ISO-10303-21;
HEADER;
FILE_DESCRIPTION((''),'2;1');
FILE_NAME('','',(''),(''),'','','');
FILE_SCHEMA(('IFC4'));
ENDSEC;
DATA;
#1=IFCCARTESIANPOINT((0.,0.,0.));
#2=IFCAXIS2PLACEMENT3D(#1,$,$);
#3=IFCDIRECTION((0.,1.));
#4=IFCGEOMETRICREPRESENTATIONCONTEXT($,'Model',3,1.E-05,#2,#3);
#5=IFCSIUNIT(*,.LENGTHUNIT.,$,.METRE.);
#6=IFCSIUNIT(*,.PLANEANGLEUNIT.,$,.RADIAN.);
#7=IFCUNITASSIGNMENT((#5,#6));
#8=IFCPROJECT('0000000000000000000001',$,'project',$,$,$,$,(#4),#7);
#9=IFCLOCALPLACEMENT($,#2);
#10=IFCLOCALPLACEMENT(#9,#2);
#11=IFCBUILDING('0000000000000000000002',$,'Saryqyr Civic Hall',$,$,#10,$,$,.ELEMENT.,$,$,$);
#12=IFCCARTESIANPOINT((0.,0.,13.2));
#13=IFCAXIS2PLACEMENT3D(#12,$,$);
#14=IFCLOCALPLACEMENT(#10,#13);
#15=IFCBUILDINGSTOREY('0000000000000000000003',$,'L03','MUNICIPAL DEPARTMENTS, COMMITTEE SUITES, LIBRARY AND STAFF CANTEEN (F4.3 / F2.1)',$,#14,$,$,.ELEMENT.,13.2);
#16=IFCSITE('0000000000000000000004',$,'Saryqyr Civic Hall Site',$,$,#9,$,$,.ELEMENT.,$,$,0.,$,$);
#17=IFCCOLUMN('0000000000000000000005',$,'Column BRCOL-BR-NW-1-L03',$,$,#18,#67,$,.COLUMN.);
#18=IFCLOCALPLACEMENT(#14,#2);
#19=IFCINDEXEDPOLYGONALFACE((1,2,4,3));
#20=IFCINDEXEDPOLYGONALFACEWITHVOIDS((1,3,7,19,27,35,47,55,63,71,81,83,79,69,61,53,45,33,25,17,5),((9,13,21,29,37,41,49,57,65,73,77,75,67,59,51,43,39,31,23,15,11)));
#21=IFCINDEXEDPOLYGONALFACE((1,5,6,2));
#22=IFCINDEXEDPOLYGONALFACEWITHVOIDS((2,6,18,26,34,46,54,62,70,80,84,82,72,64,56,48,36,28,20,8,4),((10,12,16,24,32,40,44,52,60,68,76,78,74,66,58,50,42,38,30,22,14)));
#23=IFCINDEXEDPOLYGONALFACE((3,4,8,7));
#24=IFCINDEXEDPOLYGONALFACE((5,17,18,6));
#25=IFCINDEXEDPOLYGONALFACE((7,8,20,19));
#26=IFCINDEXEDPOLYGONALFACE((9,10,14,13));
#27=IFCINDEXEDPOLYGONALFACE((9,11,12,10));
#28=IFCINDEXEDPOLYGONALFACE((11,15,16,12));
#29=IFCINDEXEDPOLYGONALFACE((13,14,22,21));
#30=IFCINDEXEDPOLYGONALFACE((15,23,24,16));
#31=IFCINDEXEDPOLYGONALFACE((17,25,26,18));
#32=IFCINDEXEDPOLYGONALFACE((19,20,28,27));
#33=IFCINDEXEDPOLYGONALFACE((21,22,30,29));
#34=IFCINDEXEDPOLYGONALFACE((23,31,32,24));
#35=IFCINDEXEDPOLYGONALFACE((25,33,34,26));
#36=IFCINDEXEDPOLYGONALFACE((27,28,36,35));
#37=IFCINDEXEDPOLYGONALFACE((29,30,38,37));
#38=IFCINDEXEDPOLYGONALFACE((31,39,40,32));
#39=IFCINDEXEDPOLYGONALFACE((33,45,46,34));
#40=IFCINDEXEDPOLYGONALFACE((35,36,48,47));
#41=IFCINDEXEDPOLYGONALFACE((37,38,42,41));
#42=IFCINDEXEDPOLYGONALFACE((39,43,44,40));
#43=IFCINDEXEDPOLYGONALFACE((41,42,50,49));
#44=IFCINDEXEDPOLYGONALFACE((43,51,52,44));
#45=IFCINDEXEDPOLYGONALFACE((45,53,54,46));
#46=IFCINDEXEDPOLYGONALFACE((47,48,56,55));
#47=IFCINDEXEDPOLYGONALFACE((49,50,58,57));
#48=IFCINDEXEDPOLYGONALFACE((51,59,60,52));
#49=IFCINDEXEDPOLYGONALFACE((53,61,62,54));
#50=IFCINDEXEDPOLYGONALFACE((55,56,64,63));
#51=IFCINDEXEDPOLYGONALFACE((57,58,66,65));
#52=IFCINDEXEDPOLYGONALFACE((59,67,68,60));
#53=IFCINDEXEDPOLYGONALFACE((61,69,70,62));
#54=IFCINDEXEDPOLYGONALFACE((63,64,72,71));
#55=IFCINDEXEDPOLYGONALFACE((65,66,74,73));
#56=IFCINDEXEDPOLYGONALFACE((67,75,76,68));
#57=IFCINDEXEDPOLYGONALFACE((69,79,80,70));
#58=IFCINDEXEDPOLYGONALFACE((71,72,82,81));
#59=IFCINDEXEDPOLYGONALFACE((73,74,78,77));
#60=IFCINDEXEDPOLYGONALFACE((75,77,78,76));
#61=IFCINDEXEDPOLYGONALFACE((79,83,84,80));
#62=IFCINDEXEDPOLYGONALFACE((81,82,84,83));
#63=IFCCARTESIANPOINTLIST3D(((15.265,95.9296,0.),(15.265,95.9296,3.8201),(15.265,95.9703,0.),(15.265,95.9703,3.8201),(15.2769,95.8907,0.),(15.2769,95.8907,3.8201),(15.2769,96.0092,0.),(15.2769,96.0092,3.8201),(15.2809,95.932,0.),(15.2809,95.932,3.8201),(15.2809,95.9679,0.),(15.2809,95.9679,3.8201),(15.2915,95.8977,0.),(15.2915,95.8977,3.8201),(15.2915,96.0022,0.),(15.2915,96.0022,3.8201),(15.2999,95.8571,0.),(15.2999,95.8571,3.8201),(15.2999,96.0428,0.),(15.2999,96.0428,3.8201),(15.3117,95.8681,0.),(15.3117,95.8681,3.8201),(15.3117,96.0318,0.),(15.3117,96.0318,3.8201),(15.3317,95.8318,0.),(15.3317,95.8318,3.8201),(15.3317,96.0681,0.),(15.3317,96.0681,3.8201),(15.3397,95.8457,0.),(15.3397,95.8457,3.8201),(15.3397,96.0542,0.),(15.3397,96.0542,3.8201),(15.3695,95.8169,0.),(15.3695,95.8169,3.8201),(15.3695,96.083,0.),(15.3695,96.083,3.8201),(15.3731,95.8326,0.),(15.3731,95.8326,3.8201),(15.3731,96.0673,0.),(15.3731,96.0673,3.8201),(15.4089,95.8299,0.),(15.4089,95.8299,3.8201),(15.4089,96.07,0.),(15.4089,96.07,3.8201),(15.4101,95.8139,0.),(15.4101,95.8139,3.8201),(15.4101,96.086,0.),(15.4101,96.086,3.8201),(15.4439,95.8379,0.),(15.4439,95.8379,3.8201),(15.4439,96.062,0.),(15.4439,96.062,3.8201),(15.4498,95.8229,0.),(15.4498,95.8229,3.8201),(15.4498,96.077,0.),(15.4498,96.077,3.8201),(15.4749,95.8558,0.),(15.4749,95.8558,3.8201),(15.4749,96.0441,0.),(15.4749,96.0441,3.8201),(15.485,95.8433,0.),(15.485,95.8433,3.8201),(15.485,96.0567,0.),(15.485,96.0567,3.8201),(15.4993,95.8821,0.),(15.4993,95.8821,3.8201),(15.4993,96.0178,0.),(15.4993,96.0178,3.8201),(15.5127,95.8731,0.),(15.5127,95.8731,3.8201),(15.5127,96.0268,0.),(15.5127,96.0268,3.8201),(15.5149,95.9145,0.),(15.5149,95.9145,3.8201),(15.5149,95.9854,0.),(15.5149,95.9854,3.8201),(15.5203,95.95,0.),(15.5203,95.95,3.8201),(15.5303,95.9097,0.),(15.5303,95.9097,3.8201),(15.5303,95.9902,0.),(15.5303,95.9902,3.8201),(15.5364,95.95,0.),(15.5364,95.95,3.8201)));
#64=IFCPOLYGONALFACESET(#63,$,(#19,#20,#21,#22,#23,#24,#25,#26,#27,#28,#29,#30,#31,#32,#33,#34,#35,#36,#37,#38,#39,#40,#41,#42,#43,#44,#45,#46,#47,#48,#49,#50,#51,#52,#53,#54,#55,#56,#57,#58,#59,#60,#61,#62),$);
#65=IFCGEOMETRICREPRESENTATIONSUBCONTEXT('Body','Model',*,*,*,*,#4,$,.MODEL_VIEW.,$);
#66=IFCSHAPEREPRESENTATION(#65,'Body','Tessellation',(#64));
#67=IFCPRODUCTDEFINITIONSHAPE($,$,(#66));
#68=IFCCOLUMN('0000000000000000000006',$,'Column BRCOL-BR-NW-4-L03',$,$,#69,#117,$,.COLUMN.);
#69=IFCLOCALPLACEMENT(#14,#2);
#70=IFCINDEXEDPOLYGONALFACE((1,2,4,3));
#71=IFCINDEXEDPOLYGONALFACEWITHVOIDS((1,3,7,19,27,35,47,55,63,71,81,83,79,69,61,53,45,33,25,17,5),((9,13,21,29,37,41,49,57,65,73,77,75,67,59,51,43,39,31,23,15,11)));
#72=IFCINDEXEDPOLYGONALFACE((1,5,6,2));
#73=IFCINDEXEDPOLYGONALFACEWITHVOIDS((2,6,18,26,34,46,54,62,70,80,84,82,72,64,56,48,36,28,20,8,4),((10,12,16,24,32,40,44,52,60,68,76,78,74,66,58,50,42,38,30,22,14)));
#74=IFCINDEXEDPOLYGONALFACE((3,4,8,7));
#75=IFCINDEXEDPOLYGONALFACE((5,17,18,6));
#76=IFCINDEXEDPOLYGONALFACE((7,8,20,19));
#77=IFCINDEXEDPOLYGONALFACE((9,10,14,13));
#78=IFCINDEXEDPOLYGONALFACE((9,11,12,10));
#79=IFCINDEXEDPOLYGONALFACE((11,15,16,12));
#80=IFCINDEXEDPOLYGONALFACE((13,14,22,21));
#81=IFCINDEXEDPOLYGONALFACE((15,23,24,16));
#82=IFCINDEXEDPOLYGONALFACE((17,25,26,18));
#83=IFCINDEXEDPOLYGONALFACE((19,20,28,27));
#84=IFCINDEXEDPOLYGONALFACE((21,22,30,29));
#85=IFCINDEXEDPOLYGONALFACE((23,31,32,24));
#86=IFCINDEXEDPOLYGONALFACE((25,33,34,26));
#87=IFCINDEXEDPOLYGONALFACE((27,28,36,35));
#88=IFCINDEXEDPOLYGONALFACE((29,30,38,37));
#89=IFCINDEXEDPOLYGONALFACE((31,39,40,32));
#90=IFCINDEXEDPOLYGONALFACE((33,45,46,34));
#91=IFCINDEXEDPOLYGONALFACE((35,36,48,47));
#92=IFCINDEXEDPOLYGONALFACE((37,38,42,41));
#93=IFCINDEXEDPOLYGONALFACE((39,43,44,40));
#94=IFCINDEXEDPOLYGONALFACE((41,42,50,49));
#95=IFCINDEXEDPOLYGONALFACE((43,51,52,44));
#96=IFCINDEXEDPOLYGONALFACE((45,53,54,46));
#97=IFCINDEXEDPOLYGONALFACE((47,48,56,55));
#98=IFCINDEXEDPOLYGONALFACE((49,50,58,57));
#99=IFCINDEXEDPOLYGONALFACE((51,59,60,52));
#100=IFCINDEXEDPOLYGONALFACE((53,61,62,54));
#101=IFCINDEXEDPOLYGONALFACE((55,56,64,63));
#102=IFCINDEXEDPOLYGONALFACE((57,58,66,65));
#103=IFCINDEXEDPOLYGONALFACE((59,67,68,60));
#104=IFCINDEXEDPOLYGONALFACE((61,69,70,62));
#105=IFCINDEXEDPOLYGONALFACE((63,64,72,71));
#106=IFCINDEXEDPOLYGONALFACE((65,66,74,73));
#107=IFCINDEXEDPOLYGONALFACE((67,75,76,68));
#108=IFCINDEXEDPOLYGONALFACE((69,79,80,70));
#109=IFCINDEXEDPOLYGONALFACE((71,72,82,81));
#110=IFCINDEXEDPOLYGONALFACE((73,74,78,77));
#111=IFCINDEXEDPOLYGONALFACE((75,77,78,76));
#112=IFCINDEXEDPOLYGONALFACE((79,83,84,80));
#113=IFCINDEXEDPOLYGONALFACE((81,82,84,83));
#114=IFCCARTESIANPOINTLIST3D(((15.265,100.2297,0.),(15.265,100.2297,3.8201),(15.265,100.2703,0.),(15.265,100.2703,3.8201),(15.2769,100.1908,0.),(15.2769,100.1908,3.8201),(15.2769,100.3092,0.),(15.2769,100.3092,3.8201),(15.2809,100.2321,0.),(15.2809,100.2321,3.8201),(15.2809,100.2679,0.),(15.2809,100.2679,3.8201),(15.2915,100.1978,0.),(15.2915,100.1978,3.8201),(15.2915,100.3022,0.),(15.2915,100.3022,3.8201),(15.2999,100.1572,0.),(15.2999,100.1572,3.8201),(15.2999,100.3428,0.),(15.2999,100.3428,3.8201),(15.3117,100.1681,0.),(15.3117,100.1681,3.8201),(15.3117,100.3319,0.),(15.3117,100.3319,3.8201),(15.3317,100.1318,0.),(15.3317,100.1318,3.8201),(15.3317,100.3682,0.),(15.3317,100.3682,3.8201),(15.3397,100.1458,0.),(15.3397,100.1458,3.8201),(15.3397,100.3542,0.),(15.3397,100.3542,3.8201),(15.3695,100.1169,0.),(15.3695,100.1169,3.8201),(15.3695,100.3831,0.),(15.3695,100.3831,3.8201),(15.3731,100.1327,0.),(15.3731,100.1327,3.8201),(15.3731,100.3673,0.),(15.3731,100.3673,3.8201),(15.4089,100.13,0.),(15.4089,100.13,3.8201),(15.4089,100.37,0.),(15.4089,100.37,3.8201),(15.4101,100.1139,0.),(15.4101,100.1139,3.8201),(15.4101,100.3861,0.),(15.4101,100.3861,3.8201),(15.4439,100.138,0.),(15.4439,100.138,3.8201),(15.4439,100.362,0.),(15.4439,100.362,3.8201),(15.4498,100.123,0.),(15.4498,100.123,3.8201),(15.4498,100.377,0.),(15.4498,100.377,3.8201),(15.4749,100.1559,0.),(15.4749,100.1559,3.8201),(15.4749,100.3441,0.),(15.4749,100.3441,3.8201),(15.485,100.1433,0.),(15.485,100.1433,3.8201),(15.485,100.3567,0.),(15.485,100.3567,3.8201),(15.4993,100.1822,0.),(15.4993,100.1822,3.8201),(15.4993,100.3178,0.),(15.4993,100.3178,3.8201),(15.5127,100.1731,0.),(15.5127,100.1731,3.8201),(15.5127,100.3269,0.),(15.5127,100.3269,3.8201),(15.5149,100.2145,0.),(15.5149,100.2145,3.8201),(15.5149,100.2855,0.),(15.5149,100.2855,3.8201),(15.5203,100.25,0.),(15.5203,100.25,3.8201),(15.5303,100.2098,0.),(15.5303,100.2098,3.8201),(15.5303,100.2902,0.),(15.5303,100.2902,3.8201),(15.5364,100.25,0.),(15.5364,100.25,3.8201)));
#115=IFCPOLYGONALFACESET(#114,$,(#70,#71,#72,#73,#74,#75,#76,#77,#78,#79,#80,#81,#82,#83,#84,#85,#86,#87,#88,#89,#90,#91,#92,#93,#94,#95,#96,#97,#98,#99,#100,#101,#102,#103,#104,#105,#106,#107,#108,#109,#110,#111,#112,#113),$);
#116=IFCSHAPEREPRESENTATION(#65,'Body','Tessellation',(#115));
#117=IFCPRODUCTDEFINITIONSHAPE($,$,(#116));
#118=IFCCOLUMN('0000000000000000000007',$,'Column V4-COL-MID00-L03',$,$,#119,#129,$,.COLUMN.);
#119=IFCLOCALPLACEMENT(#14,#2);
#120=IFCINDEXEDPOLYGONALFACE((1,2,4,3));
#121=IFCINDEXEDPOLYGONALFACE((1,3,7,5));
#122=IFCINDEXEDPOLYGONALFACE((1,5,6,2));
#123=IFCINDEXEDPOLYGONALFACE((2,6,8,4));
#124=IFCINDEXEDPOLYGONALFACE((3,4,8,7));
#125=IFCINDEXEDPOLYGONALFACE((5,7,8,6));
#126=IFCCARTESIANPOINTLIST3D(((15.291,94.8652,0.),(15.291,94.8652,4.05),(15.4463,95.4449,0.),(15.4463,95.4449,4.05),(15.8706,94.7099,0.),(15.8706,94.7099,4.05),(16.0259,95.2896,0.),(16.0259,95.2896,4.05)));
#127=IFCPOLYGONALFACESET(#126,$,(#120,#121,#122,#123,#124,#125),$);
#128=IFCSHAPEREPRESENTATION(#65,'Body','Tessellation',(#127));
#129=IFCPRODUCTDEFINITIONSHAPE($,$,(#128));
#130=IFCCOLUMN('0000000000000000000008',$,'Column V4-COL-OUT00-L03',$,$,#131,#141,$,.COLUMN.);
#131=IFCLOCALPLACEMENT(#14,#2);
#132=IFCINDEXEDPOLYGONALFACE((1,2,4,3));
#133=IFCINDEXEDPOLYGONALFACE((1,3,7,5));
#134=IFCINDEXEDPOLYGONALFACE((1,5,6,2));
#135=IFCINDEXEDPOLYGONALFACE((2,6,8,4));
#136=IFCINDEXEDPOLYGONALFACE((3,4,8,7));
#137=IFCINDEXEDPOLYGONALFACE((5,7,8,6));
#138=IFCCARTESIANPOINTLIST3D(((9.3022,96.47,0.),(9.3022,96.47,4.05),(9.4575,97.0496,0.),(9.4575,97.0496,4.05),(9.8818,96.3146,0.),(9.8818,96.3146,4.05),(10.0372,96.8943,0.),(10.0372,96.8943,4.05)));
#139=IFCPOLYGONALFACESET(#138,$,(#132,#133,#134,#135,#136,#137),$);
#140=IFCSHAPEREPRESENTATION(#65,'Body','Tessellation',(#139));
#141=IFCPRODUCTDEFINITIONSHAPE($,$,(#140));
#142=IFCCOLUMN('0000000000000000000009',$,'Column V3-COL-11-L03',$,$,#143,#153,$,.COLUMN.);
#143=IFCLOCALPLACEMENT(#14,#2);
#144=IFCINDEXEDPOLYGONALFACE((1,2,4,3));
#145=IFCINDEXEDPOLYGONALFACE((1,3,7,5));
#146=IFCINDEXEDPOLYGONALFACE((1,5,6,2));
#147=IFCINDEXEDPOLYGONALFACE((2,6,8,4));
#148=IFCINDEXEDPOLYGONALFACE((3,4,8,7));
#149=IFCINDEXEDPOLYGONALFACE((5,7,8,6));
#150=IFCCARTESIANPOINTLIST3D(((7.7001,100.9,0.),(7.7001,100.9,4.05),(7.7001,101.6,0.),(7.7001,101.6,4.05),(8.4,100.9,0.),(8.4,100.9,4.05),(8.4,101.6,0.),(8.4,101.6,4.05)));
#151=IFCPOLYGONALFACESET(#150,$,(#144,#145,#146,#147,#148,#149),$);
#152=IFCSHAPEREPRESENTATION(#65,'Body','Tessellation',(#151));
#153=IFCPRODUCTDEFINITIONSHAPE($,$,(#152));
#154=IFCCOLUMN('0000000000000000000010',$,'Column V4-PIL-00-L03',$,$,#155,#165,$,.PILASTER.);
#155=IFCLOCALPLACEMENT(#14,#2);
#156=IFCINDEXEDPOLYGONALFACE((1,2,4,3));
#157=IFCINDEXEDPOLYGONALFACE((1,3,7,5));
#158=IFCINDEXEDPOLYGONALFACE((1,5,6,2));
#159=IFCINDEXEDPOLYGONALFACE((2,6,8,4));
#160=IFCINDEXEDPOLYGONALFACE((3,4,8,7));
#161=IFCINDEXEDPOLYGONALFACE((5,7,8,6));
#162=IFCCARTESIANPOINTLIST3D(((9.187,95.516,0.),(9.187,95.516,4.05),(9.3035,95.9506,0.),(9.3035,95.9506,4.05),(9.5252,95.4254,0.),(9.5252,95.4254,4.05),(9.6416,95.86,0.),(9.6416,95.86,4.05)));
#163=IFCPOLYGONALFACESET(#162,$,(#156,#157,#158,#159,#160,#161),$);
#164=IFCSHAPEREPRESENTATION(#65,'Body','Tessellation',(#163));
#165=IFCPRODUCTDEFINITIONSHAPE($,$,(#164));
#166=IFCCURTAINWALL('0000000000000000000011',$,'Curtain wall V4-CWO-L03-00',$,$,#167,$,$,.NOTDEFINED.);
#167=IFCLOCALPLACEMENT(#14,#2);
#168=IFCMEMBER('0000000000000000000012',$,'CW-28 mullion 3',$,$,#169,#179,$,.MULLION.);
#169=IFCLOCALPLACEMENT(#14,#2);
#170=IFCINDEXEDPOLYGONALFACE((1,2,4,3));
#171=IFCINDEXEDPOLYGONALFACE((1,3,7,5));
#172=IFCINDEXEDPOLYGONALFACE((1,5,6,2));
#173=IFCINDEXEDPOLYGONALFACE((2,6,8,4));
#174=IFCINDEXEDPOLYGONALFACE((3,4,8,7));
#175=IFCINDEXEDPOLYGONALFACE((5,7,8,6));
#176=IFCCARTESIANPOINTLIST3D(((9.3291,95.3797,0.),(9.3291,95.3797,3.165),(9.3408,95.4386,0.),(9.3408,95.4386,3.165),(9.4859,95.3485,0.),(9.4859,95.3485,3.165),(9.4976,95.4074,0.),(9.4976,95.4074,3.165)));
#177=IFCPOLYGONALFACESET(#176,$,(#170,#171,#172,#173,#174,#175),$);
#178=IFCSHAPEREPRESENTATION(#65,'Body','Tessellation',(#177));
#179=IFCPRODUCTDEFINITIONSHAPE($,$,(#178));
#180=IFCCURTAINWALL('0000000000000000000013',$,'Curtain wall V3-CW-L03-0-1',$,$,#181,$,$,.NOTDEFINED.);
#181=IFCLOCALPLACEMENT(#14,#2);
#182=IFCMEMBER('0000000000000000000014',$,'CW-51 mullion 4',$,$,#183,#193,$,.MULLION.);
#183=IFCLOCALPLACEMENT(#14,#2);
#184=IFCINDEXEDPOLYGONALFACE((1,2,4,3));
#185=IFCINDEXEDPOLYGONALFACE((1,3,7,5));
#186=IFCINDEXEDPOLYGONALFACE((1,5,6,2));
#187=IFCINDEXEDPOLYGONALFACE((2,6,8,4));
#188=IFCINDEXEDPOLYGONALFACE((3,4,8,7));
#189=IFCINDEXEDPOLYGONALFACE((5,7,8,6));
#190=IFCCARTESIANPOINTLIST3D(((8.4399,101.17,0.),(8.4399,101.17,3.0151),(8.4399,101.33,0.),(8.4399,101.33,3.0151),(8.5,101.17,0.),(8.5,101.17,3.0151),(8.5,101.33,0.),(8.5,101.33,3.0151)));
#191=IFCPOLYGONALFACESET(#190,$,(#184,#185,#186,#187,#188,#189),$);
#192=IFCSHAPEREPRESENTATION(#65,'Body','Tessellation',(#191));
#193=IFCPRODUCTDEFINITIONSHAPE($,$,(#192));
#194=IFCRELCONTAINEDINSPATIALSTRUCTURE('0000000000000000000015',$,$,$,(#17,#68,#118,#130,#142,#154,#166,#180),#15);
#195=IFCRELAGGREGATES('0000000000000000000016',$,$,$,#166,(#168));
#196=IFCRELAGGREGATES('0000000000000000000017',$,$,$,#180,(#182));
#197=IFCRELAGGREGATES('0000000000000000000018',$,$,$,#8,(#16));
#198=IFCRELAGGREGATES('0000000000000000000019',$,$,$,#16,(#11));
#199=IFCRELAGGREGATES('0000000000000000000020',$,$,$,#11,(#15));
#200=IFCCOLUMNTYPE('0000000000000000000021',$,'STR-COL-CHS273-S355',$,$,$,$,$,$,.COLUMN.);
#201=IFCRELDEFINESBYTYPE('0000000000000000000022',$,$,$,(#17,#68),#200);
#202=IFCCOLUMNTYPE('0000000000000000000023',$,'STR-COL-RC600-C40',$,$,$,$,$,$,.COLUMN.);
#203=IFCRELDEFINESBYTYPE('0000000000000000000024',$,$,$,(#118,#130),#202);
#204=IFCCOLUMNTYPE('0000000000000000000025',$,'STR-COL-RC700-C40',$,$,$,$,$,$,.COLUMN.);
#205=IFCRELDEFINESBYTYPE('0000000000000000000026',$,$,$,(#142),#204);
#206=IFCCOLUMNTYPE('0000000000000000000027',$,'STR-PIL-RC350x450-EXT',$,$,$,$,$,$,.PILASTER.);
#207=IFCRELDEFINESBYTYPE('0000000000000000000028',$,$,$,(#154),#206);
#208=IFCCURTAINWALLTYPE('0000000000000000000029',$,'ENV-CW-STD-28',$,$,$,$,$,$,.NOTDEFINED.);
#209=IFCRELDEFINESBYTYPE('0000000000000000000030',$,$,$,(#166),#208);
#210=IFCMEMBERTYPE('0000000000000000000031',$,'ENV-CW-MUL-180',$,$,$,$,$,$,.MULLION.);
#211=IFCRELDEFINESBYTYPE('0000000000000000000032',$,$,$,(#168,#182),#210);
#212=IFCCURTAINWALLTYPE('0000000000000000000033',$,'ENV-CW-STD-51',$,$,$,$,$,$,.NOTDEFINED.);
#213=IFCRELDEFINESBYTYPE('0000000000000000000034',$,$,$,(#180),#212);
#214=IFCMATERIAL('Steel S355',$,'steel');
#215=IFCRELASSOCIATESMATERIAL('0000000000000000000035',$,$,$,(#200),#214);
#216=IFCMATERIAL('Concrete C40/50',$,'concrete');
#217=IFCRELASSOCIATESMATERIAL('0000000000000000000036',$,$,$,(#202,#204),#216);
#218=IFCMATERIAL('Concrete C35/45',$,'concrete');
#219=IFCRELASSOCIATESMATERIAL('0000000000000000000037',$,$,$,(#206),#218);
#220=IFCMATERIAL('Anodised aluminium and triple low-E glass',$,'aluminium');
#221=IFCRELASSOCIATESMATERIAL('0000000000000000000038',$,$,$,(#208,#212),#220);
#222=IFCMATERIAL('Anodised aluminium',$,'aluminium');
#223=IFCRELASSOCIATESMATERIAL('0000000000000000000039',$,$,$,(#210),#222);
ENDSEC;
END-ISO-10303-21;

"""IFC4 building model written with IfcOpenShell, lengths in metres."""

from ifc_helpers import new_model, si_unit, direction, frame, origin, origin_2d, place, context, subcontext, project, spatial, rectangle, hollow_circle, extrude, material, material_profile, profile_set, type_object, element, aggregate, save


model = new_model("IFC4")

# Units and contexts
model_context = context("Model", 3, precision=1e-05, world=origin(), true_north=direction((0.0, 1.0)))
body_context = subcontext(model_context, "Body", "Model", "MODEL_VIEW")
ifc_project = project(units=[si_unit("LENGTHUNIT", "METRE"), si_unit("PLANEANGLEUNIT", "RADIAN")], contexts=[model_context])

# Site, building, storey
site_placement = place(None, origin())
site = spatial("IfcSite", under=ifc_project, at=site_placement, Name="Saryqyr Civic Hall Site", CompositionType="ELEMENT", RefElevation=0.0)
building_placement = place(site_placement, origin())
building = spatial("IfcBuilding", under=site, at=building_placement, Name="Saryqyr Civic Hall", CompositionType="ELEMENT")
storey_placement = place(building_placement, frame((0.0, 0.0, 13.2)))
storey = spatial("IfcBuildingStorey", under=building, at=storey_placement, Name="L03", Description="MUNICIPAL DEPARTMENTS, COMMITTEE SUITES, LIBRARY AND STAFF CANTEEN (F4.3 / F2.1)", CompositionType="ELEMENT", Elevation=13.2)

# Columns
ifc_material_1 = material(Name="Steel S355", Category="steel")
ifc_material_profile_1 = material_profile(ifc_material_1, hollow_circle(Radius=0.1365, WallThickness=0.0161, at=origin_2d()), Name="CHS 273x16")
ifc_profile_set_1 = profile_set([ifc_material_profile_1], Name="Steel S355")
column_type_1 = type_object("IfcColumnType", Name="STR-COL-CHS273-S355", PredefinedType="COLUMN", material=ifc_profile_set_1)
for number, where, z_axis, x_axis, name in (
    (1, (15.3999, 95.95, 0.0), (0.0, 0.0, 1.0), (1.0, 0.0, 0.0), "Column BRCOL-BR-NW-1-L03"),
    (2, (15.3999, 100.25, 0.0), (0.0, 0.0, 1.0), (1.0, 0.0, 0.0), "Column BRCOL-BR-NW-4-L03"),
):
    element("IfcColumn", number, at=place(storey_placement, frame(where, z_axis=z_axis, x_axis=x_axis)), inside=storey, type_object=column_type_1, Name=name, PredefinedType="COLUMN", context=body_context, shape_type="SweptSolid", body=[
        extrude(hollow_circle(Radius=0.1365, WallThickness=0.0161, at=origin_2d()), origin(), (0.0, 0.0, 1.0), 3.8201),
    ])
ifc_material_2 = material(Name="Concrete C40/50", Category="concrete")
ifc_material_profile_2 = material_profile(ifc_material_2, rectangle(XDim=0.6001, YDim=0.6001, at=origin_2d()), Name="RC 600x600")
ifc_profile_set_2 = profile_set([ifc_material_profile_2], Name="Concrete C40/50")
column_type_2 = type_object("IfcColumnType", Name="STR-COL-RC600-C40", PredefinedType="COLUMN", material=ifc_profile_set_2)
for number, where, z_axis, x_axis, name in (
    (3, (15.6584, 95.0774, 0.0), (0.0, 0.0, 1.0), (-0.965926, 0.258819, 0.0), "Column V4-COL-MID00-L03"),
    (4, (9.6697, 96.6821, 0.0), (0.0, 0.0, 1.0), (-0.965926, 0.258819, 0.0), "Column V4-COL-OUT00-L03"),
):
    element("IfcColumn", number, at=place(storey_placement, frame(where, z_axis=z_axis, x_axis=x_axis)), inside=storey, type_object=column_type_2, Name=name, PredefinedType="COLUMN", context=body_context, shape_type="SweptSolid", body=[
        extrude(rectangle(XDim=0.6001, YDim=0.6001, at=origin_2d()), origin(), (0.0, 0.0, 1.0), 4.05),
    ])
ifc_material_profile_3 = material_profile(ifc_material_2, rectangle(XDim=0.7, YDim=0.7, at=origin_2d()), Name="RC 700x700")
ifc_profile_set_3 = profile_set([ifc_material_profile_3], Name="Concrete C40/50")
column_type_3 = type_object("IfcColumnType", Name="STR-COL-RC700-C40", PredefinedType="COLUMN", material=ifc_profile_set_3)
column_1_placement = place(storey_placement, frame((8.05, 101.25, 0.0), z_axis=(0.0, 0.0, 1.0), x_axis=(1.0, 0.0, 0.0)))
element("IfcColumn", 5, at=column_1_placement, inside=storey, type_object=column_type_3, Name="Column V3-COL-11-L03", PredefinedType="COLUMN", context=body_context, shape_type="SweptSolid", body=[
    extrude(rectangle(XDim=0.7, YDim=0.7, at=origin_2d()), origin(), (0.0, 0.0, 1.0), 4.05),
])
ifc_material_3 = material(Name="Concrete C35/45", Category="concrete")
ifc_material_profile_4 = material_profile(ifc_material_3, rectangle(XDim=0.3501, YDim=0.45, at=origin_2d()), Name="RC 350x450")
ifc_profile_set_4 = profile_set([ifc_material_profile_4], Name="Concrete C35/45")
column_type_4 = type_object("IfcColumnType", Name="STR-PIL-RC350x450-EXT", PredefinedType="PILASTER", material=ifc_profile_set_4)
column_2_placement = place(storey_placement, frame((9.4143, 95.688, 0.0), z_axis=(0.0, 0.0, 1.0), x_axis=(-0.965926, 0.258819, 0.0)))
element("IfcColumn", 6, at=column_2_placement, inside=storey, type_object=column_type_4, Name="Column V4-PIL-00-L03", PredefinedType="PILASTER", context=body_context, shape_type="SweptSolid", body=[
    extrude(rectangle(XDim=0.3501, YDim=0.45, at=origin_2d()), origin(), (0.0, 0.0, 1.0), 4.05),
])

# Curtain walls, members
ifc_material_4 = material(Name="Anodised aluminium and triple low-E glass", Category="aluminium")
curtain_wall_type_1 = type_object("IfcCurtainWallType", Name="ENV-CW-STD-28", PredefinedType="NOTDEFINED", material=ifc_material_4)
curtain_wall_1_placement = place(storey_placement, origin())
curtain_wall_1 = element("IfcCurtainWall", 7, at=curtain_wall_1_placement, inside=storey, type_object=curtain_wall_type_1, Name="Curtain wall V4-CWO-L03-00", PredefinedType="NOTDEFINED")
ifc_material_5 = material(Name="Anodised aluminium", Category="aluminium")
ifc_material_profile_5 = material_profile(ifc_material_5, rectangle(XDim=0.0601, YDim=0.1599, at=origin_2d()), Name="ALU MULLION 60x160")
ifc_profile_set_5 = profile_set([ifc_material_profile_5], Name="Anodised aluminium")
member_type_1 = type_object("IfcMemberType", Name="ENV-CW-MUL-180", PredefinedType="MULLION", material=ifc_profile_set_5)
member_1_placement = place(storey_placement, frame((9.4133, 95.3936, 0.0), z_axis=(0.0, 0.0, 1.0), x_axis=(0.195098, 0.980784, 0.0)))
member_1 = element("IfcMember", 8, at=member_1_placement, type_object=member_type_1, Name="CW-28 mullion 3", PredefinedType="MULLION", context=body_context, shape_type="SweptSolid", body=[
    extrude(rectangle(XDim=0.0601, YDim=0.1599, at=origin_2d()), origin(), (0.0, 0.0, 1.0), 3.165),
])
curtain_wall_type_2 = type_object("IfcCurtainWallType", Name="ENV-CW-STD-51", PredefinedType="NOTDEFINED", material=ifc_material_4)
curtain_wall_2_placement = place(storey_placement, origin())
curtain_wall_2 = element("IfcCurtainWall", 9, at=curtain_wall_2_placement, inside=storey, type_object=curtain_wall_type_2, Name="Curtain wall V3-CW-L03-0-1", PredefinedType="NOTDEFINED")
member_2_placement = place(storey_placement, frame((8.47, 101.25, 0.0), z_axis=(0.0, 0.0, 1.0), x_axis=(-1.0, 0.0, 0.0)))
member_2 = element("IfcMember", 10, at=member_2_placement, type_object=member_type_1, Name="CW-51 mullion 4", PredefinedType="MULLION", context=body_context, shape_type="SweptSolid", body=[
    extrude(rectangle(XDim=0.0601, YDim=0.1599, at=origin_2d()), origin(), (0.0, 0.0, 1.0), 3.0151),
])

aggregate(curtain_wall_1, [member_1])
aggregate(curtain_wall_2, [member_2])

save(model, "model.ifc")
